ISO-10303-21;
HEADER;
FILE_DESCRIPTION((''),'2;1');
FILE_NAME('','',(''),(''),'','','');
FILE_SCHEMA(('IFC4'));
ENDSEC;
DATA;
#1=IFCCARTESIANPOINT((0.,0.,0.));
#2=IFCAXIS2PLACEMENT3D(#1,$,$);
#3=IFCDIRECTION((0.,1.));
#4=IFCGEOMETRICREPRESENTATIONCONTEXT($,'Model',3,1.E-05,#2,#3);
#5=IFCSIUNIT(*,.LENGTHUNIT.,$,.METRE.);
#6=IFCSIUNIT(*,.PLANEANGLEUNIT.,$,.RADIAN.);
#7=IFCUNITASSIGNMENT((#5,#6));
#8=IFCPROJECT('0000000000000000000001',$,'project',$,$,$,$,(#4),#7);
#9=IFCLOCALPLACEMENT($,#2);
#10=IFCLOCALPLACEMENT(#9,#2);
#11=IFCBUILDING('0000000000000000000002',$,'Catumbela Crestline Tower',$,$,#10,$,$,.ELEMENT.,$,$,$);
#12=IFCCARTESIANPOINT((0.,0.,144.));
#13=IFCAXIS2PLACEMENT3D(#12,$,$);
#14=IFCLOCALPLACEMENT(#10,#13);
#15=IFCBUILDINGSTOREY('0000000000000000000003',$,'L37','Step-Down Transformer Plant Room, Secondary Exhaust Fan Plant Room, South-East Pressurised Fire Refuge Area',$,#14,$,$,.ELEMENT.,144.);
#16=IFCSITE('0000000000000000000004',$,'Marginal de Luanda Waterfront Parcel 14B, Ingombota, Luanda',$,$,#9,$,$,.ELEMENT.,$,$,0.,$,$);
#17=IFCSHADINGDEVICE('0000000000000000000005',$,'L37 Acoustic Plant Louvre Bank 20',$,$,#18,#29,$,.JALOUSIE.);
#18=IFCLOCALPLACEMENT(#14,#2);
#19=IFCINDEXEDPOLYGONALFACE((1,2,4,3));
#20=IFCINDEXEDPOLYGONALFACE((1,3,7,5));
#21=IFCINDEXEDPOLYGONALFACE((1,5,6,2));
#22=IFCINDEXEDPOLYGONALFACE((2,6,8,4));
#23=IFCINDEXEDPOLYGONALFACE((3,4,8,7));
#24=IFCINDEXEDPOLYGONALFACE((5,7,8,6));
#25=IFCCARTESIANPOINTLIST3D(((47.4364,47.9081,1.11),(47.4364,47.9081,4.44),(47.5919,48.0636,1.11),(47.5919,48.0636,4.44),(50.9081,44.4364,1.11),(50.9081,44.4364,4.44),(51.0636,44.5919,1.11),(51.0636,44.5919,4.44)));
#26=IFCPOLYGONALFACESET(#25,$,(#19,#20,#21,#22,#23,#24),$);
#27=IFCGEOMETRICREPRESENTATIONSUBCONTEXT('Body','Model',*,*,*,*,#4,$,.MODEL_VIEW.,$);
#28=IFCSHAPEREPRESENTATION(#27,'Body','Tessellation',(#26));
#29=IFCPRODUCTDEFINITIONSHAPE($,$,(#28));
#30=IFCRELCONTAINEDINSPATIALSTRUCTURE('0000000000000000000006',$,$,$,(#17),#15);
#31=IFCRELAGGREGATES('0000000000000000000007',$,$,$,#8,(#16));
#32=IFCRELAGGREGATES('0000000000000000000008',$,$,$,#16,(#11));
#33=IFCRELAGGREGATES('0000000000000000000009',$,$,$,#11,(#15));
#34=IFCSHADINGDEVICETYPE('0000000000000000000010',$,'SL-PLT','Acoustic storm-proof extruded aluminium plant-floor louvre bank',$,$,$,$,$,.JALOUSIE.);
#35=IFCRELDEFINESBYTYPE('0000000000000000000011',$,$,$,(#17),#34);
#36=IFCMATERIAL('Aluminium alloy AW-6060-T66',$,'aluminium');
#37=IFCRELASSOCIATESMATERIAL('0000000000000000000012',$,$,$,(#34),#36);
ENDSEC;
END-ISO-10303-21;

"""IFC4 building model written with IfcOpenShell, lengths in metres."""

from ifc_helpers import new_model, si_unit, direction, frame, origin, origin_2d, place, context, subcontext, project, spatial, rectangle, extrude, material, type_object, element, save


model = new_model("IFC4")

# Units and contexts
model_context = context("Model", 3, precision=1e-05, world=origin(), true_north=direction((0.0, 1.0)))
body_context = subcontext(model_context, "Body", "Model", "MODEL_VIEW")
ifc_project = project(units=[si_unit("LENGTHUNIT", "METRE"), si_unit("PLANEANGLEUNIT", "RADIAN")], contexts=[model_context])

# Site, building, storey
site_placement = place(None, origin())
site = spatial("IfcSite", under=ifc_project, at=site_placement, Name="Marginal de Luanda Waterfront Parcel 14B, Ingombota, Luanda", CompositionType="ELEMENT", RefElevation=0.0)
building_placement = place(site_placement, origin())
building = spatial("IfcBuilding", under=site, at=building_placement, Name="Catumbela Crestline Tower", CompositionType="ELEMENT")
storey_placement = place(building_placement, frame((0.0, 0.0, 144.0)))
storey = spatial("IfcBuildingStorey", under=building, at=storey_placement, Name="L37", Description="Step-Down Transformer Plant Room, Secondary Exhaust Fan Plant Room, South-East Pressurised Fire Refuge Area", CompositionType="ELEMENT", Elevation=144.0)

# Shading device
ifc_material_1 = material(Name="Aluminium alloy AW-6060-T66", Category="aluminium")
shading_device_type = type_object("IfcShadingDeviceType", Name="SL-PLT", Description="Acoustic storm-proof extruded aluminium plant-floor louvre bank", PredefinedType="JALOUSIE", material=ifc_material_1)
shading_device_1_placement = place(storey_placement, frame((49.25, 46.25, 1.11), z_axis=(0.0, 0.0, 1.0), x_axis=(-0.707107, 0.707107, 0.0)))
element("IfcShadingDevice", 1, at=shading_device_1_placement, inside=storey, type_object=shading_device_type, Name="L37 Acoustic Plant Louvre Bank 20", PredefinedType="JALOUSIE", context=body_context, shape_type="SweptSolid", body=[
    extrude(rectangle(XDim=4.9097, YDim=0.22, at=origin_2d()), origin(), (0.0, 0.0, 1.0), 3.33),
])

save(model, "model.ifc")
